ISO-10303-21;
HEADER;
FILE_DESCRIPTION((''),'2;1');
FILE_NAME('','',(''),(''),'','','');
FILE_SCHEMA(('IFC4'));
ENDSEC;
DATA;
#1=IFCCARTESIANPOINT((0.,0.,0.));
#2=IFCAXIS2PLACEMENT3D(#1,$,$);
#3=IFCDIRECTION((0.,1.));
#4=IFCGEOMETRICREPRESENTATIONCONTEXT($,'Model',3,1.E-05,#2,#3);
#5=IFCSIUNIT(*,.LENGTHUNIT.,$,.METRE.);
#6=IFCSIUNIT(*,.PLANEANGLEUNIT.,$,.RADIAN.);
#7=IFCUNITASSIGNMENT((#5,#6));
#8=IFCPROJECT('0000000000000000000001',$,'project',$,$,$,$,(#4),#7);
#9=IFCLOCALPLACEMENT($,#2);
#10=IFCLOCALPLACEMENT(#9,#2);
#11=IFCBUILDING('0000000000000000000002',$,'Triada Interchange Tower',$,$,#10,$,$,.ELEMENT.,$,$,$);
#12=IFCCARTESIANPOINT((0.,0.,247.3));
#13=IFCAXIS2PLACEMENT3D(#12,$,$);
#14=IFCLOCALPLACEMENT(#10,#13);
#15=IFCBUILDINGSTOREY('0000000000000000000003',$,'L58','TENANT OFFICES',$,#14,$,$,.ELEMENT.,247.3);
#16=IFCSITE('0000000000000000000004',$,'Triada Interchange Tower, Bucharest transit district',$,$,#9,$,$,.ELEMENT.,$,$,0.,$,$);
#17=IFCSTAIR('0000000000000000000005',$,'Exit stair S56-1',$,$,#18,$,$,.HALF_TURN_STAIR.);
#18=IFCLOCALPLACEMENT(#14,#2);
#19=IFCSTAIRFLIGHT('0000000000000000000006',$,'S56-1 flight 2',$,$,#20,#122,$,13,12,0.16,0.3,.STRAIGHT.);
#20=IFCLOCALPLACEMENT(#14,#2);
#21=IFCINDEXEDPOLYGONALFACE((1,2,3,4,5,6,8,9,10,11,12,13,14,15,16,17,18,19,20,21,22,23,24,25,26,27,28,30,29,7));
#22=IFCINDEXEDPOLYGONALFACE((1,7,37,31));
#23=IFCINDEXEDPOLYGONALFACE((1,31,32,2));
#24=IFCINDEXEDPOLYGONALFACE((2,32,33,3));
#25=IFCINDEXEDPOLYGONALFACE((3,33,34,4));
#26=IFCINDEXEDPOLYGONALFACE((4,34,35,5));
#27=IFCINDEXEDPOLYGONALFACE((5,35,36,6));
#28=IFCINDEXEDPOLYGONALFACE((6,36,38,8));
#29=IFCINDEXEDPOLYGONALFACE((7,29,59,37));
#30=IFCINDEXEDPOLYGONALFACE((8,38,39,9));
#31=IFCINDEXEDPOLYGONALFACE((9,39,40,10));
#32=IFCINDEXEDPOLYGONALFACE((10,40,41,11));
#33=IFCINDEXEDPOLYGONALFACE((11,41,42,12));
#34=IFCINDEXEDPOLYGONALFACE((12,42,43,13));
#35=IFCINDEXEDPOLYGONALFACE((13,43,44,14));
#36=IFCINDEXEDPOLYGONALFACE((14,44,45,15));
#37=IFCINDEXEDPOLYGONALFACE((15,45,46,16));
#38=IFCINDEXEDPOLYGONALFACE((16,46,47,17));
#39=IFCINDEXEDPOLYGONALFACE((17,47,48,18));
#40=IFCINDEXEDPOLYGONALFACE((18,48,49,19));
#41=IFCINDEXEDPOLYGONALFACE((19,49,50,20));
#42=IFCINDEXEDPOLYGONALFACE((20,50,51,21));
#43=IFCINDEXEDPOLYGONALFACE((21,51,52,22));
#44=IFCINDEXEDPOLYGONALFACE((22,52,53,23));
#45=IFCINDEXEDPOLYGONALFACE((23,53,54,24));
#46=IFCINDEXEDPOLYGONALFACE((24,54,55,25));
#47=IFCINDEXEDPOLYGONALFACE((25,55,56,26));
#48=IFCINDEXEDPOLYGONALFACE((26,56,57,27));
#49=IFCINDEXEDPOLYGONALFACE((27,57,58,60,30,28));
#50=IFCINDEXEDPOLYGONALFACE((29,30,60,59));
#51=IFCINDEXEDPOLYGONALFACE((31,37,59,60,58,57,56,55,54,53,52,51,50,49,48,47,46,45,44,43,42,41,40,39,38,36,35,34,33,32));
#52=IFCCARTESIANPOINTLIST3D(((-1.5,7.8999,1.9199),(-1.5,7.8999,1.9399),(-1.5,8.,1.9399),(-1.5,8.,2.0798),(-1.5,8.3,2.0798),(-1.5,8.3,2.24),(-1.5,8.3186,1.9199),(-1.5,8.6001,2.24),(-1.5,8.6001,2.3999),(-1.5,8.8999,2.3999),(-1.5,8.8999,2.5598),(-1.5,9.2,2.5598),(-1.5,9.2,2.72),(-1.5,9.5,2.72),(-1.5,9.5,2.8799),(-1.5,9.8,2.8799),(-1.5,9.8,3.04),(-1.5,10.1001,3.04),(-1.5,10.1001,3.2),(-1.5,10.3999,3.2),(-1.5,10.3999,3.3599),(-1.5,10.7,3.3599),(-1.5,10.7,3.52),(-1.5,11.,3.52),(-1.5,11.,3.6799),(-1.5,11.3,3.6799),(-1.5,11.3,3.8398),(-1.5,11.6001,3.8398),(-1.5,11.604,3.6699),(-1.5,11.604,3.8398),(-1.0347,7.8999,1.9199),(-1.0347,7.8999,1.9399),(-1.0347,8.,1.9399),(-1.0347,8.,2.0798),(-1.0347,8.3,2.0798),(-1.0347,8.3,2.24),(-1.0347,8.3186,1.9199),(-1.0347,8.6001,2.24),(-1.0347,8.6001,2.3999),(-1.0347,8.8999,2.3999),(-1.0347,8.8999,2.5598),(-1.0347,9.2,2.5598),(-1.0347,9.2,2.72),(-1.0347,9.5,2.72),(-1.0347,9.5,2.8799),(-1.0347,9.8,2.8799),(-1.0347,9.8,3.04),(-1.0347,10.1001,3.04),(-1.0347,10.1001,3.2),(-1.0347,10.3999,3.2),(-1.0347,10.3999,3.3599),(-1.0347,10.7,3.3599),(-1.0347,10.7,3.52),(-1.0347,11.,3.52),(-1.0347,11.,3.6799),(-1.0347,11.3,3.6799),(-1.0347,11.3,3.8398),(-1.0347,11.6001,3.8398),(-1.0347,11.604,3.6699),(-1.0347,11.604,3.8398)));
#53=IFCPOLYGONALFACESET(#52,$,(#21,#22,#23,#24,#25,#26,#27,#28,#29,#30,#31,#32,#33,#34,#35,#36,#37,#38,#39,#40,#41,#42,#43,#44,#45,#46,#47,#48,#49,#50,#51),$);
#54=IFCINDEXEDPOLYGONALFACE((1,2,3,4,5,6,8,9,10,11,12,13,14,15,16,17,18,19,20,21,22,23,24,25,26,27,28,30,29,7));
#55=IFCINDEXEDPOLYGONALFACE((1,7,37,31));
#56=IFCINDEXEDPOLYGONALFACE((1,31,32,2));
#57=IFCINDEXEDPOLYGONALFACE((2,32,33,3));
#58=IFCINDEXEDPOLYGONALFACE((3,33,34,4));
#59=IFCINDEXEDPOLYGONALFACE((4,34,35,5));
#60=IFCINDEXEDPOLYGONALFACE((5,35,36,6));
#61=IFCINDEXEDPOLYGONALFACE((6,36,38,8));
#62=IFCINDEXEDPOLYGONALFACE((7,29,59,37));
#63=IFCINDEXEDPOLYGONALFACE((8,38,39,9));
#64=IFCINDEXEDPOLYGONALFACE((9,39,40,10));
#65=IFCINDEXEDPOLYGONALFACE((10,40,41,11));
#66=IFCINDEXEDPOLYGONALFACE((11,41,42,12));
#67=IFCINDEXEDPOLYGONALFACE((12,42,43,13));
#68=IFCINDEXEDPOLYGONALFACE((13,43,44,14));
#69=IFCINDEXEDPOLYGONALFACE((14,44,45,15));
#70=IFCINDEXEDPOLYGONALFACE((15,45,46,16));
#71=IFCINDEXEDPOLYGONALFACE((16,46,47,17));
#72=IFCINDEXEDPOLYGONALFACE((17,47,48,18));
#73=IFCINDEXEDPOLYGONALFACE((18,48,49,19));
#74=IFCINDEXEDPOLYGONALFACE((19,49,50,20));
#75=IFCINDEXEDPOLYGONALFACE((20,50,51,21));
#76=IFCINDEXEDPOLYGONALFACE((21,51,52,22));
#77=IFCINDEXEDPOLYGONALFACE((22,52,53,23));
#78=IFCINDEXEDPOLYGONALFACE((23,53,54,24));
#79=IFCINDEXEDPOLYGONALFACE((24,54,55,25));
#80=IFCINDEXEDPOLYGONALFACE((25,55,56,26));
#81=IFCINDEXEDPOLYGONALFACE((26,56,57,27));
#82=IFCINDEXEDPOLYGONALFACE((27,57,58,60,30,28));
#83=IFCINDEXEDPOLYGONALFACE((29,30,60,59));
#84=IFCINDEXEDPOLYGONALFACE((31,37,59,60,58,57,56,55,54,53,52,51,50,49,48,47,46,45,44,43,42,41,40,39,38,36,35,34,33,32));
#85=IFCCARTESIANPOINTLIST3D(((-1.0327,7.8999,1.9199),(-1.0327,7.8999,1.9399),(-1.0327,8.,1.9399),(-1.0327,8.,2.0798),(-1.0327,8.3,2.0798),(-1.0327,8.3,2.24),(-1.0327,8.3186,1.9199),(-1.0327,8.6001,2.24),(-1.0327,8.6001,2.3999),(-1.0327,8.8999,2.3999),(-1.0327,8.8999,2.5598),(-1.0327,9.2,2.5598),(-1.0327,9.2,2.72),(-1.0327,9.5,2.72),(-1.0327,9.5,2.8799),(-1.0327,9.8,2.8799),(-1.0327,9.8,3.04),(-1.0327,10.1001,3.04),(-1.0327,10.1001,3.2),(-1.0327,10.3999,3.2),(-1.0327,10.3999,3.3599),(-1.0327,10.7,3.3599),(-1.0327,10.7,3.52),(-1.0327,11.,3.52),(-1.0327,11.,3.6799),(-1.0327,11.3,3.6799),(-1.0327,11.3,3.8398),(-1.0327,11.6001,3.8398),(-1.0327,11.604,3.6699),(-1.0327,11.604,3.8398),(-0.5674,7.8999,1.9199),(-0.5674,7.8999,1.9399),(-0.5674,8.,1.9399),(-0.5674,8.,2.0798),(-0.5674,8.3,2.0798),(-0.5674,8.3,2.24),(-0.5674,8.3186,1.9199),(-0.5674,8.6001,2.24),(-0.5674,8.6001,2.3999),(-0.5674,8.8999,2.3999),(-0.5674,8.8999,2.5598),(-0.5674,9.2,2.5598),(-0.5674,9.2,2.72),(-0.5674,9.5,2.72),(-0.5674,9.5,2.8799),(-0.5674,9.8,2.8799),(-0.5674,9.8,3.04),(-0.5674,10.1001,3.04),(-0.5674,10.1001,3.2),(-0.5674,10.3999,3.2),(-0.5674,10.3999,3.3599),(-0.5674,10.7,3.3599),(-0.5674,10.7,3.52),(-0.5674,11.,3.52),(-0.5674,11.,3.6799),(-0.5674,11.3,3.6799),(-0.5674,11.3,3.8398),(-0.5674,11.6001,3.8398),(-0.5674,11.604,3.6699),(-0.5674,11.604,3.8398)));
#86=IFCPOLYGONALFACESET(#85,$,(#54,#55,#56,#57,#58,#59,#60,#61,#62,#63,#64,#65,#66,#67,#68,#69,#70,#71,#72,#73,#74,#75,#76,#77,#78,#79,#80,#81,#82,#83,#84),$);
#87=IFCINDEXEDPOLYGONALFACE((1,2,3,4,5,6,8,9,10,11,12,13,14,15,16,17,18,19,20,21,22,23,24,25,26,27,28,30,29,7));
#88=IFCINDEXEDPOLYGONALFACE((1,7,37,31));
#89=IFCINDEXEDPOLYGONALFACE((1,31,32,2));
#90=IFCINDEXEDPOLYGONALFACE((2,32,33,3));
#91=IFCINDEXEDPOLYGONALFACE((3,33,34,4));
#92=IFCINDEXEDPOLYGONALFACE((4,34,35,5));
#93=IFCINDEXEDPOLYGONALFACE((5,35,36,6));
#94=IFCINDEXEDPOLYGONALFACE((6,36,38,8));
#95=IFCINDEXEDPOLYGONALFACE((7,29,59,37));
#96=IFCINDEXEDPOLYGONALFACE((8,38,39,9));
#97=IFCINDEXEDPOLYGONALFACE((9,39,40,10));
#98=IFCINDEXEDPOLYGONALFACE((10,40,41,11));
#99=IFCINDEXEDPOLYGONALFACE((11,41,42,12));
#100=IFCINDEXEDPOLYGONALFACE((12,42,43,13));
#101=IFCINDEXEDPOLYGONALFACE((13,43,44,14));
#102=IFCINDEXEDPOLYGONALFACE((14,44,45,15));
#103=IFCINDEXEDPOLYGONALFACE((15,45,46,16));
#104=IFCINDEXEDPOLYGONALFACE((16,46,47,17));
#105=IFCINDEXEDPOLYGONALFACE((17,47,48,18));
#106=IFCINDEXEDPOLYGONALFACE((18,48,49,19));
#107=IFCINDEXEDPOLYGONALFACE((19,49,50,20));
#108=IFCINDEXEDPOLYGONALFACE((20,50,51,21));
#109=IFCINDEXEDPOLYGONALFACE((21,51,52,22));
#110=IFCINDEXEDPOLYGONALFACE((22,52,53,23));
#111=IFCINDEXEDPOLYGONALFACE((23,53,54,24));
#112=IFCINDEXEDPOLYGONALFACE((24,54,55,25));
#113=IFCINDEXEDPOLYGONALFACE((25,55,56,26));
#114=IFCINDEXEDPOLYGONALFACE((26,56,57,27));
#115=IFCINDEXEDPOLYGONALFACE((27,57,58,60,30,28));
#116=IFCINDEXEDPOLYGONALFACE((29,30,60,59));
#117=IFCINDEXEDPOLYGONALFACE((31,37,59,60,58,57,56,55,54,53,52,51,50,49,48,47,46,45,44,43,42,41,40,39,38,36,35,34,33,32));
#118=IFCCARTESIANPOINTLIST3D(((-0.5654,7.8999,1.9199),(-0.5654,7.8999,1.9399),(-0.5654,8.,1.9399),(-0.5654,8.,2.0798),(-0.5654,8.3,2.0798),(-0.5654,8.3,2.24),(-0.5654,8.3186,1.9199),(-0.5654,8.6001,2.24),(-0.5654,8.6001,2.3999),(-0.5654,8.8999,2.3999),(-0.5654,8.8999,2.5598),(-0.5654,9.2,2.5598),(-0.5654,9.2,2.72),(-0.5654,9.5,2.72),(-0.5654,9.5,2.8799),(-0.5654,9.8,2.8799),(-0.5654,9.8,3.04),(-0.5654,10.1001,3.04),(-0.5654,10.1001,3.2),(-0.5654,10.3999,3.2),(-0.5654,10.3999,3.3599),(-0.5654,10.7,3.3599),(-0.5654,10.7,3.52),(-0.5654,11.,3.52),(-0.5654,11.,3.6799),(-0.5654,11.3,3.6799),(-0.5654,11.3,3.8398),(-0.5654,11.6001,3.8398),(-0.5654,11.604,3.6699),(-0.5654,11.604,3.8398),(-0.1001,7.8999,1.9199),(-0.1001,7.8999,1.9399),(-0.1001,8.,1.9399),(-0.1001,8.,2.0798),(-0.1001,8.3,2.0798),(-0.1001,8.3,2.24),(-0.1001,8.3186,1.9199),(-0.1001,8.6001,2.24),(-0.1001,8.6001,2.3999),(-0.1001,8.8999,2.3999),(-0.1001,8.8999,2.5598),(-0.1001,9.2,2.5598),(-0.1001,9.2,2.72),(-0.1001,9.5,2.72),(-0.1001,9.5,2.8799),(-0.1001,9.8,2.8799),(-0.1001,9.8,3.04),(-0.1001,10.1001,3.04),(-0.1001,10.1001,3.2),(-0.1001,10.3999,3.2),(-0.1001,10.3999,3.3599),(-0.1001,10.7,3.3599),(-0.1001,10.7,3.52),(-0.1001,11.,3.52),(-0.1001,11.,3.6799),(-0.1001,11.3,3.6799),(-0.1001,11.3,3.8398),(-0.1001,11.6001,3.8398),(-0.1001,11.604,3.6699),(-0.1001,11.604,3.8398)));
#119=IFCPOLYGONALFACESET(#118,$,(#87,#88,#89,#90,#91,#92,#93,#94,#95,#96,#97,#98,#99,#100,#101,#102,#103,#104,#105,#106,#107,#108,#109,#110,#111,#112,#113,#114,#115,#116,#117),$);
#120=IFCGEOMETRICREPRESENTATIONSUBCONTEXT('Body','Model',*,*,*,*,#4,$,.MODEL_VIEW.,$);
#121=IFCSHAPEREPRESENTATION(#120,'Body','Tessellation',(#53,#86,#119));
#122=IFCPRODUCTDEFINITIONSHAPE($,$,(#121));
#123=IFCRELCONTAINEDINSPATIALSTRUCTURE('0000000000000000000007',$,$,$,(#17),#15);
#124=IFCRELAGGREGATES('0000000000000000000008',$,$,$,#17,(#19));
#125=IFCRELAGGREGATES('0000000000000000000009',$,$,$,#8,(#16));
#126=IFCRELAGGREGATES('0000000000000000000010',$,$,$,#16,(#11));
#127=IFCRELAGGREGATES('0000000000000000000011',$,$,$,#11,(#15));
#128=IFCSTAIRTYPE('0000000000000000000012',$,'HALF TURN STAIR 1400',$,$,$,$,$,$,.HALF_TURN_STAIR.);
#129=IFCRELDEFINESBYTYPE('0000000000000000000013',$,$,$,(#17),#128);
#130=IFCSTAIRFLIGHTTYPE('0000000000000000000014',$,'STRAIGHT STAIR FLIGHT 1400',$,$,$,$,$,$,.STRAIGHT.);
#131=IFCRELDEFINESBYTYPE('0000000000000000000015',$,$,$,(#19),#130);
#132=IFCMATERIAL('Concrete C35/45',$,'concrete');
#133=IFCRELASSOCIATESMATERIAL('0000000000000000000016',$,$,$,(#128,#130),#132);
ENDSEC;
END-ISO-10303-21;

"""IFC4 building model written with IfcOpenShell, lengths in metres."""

from ifc_helpers import new_model, si_unit, direction, frame, origin, place, context, subcontext, project, spatial, polyline, outline, extrude, material, type_object, element, aggregate, save


model = new_model("IFC4")

# Units and contexts
model_context = context("Model", 3, precision=1e-05, world=origin(), true_north=direction((0.0, 1.0)))
body_context = subcontext(model_context, "Body", "Model", "MODEL_VIEW")
ifc_project = project(units=[si_unit("LENGTHUNIT", "METRE"), si_unit("PLANEANGLEUNIT", "RADIAN")], contexts=[model_context])

# Site, building, storey
site_placement = place(None, origin())
site = spatial("IfcSite", under=ifc_project, at=site_placement, Name="Triada Interchange Tower, Bucharest transit district", CompositionType="ELEMENT", RefElevation=0.0)
building_placement = place(site_placement, origin())
building = spatial("IfcBuilding", under=site, at=building_placement, Name="Triada Interchange Tower", CompositionType="ELEMENT")
storey_placement = place(building_placement, frame((0.0, 0.0, 247.3)))
storey = spatial("IfcBuildingStorey", under=building, at=storey_placement, Name="L58", Description="TENANT OFFICES", CompositionType="ELEMENT", Elevation=247.3)

# Stair, stair flight
ifc_material_1 = material(Name="Concrete C35/45", Category="concrete")
stair_type = type_object("IfcStairType", Name="HALF TURN STAIR 1400", PredefinedType="HALF_TURN_STAIR", material=ifc_material_1)
stair_placement = place(storey_placement, origin())
stair = element("IfcStair", 1, at=stair_placement, inside=storey, type_object=stair_type, Name="Exit stair S56-1", PredefinedType="HALF_TURN_STAIR")
stair_flight_type = type_object("IfcStairFlightType", Name="STRAIGHT STAIR FLIGHT 1400", PredefinedType="STRAIGHT", material=ifc_material_1)
stair_flight_placement = place(storey_placement, frame((-0.8, 8.0, 1.9199), z_axis=(0.0, 0.0, 1.0), x_axis=(0.0, 1.0, 0.0)))
stair_flight = element("IfcStairFlight", 2, at=stair_flight_placement, type_object=stair_flight_type, Name="S56-1 flight 2", NumberOfRisers=13, NumberOfTreads=12, PredefinedType="STRAIGHT", RiserHeight=0.16, TreadLength=0.3, context=body_context, shape_type="SweptSolid", body=[
    extrude(outline(polyline([(-0.1001, 0.0), (-0.1001, 0.02), (0.0, 0.02), (0.0, 0.1599), (0.3, 0.1599), (0.3, 0.3201), (0.6001, 0.3201), (0.6001, 0.48), (0.8999, 0.48), (0.8999, 0.6399), (1.2, 0.6399), (1.2, 0.8), (1.5, 0.8), (1.5, 0.96), (1.8, 0.96), (1.8, 1.1201), (2.1001, 1.1201), (2.1001, 1.28), (2.3999, 1.28), (2.3999, 1.4399), (2.7, 1.4399), (2.7, 1.6001), (3.0, 1.6001), (3.0, 1.76), (3.3, 1.76), (3.3, 1.9199), (3.6001, 1.9199), (3.604, 1.9199), (3.604, 2.0801), (3.604, 1.75), (0.3186, 0.0), (-0.1001, 0.0)])), frame((0.0, 0.7, 0.0), z_axis=(0.0, -1.0, 0.0), x_axis=(1.0, 0.0, 0.0)), (0.0, 0.0, 1.0), 0.4653),
    extrude(outline(polyline([(-0.1001, 0.0), (-0.1001, 0.02), (0.0, 0.02), (0.0, 0.1599), (0.3, 0.1599), (0.3, 0.3201), (0.6001, 0.3201), (0.6001, 0.48), (0.8999, 0.48), (0.8999, 0.6399), (1.2, 0.6399), (1.2, 0.8), (1.5, 0.8), (1.5, 0.96), (1.8, 0.96), (1.8, 1.1201), (2.1001, 1.1201), (2.1001, 1.28), (2.3999, 1.28), (2.3999, 1.4399), (2.7, 1.4399), (2.7, 1.6001), (3.0, 1.6001), (3.0, 1.76), (3.3, 1.76), (3.3, 1.9199), (3.6001, 1.9199), (3.604, 1.9199), (3.604, 2.0801), (3.604, 1.75), (0.3186, 0.0), (-0.1001, 0.0)])), frame((0.0, 0.2327, 0.0), z_axis=(0.0, -1.0, 0.0), x_axis=(1.0, 0.0, 0.0)), (0.0, 0.0, 1.0), 0.4653),
    extrude(outline(polyline([(-0.1001, 0.0), (-0.1001, 0.02), (0.0, 0.02), (0.0, 0.1599), (0.3, 0.1599), (0.3, 0.3201), (0.6001, 0.3201), (0.6001, 0.48), (0.8999, 0.48), (0.8999, 0.6399), (1.2, 0.6399), (1.2, 0.8), (1.5, 0.8), (1.5, 0.96), (1.8, 0.96), (1.8, 1.1201), (2.1001, 1.1201), (2.1001, 1.28), (2.3999, 1.28), (2.3999, 1.4399), (2.7, 1.4399), (2.7, 1.6001), (3.0, 1.6001), (3.0, 1.76), (3.3, 1.76), (3.3, 1.9199), (3.6001, 1.9199), (3.604, 1.9199), (3.604, 2.0801), (3.604, 1.75), (0.3186, 0.0), (-0.1001, 0.0)])), frame((0.0, -0.2346, 0.0), z_axis=(0.0, -1.0, 0.0), x_axis=(1.0, 0.0, 0.0)), (0.0, 0.0, 1.0), 0.4653),
])
aggregate(stair, [stair_flight])

save(model, "model.ifc")
